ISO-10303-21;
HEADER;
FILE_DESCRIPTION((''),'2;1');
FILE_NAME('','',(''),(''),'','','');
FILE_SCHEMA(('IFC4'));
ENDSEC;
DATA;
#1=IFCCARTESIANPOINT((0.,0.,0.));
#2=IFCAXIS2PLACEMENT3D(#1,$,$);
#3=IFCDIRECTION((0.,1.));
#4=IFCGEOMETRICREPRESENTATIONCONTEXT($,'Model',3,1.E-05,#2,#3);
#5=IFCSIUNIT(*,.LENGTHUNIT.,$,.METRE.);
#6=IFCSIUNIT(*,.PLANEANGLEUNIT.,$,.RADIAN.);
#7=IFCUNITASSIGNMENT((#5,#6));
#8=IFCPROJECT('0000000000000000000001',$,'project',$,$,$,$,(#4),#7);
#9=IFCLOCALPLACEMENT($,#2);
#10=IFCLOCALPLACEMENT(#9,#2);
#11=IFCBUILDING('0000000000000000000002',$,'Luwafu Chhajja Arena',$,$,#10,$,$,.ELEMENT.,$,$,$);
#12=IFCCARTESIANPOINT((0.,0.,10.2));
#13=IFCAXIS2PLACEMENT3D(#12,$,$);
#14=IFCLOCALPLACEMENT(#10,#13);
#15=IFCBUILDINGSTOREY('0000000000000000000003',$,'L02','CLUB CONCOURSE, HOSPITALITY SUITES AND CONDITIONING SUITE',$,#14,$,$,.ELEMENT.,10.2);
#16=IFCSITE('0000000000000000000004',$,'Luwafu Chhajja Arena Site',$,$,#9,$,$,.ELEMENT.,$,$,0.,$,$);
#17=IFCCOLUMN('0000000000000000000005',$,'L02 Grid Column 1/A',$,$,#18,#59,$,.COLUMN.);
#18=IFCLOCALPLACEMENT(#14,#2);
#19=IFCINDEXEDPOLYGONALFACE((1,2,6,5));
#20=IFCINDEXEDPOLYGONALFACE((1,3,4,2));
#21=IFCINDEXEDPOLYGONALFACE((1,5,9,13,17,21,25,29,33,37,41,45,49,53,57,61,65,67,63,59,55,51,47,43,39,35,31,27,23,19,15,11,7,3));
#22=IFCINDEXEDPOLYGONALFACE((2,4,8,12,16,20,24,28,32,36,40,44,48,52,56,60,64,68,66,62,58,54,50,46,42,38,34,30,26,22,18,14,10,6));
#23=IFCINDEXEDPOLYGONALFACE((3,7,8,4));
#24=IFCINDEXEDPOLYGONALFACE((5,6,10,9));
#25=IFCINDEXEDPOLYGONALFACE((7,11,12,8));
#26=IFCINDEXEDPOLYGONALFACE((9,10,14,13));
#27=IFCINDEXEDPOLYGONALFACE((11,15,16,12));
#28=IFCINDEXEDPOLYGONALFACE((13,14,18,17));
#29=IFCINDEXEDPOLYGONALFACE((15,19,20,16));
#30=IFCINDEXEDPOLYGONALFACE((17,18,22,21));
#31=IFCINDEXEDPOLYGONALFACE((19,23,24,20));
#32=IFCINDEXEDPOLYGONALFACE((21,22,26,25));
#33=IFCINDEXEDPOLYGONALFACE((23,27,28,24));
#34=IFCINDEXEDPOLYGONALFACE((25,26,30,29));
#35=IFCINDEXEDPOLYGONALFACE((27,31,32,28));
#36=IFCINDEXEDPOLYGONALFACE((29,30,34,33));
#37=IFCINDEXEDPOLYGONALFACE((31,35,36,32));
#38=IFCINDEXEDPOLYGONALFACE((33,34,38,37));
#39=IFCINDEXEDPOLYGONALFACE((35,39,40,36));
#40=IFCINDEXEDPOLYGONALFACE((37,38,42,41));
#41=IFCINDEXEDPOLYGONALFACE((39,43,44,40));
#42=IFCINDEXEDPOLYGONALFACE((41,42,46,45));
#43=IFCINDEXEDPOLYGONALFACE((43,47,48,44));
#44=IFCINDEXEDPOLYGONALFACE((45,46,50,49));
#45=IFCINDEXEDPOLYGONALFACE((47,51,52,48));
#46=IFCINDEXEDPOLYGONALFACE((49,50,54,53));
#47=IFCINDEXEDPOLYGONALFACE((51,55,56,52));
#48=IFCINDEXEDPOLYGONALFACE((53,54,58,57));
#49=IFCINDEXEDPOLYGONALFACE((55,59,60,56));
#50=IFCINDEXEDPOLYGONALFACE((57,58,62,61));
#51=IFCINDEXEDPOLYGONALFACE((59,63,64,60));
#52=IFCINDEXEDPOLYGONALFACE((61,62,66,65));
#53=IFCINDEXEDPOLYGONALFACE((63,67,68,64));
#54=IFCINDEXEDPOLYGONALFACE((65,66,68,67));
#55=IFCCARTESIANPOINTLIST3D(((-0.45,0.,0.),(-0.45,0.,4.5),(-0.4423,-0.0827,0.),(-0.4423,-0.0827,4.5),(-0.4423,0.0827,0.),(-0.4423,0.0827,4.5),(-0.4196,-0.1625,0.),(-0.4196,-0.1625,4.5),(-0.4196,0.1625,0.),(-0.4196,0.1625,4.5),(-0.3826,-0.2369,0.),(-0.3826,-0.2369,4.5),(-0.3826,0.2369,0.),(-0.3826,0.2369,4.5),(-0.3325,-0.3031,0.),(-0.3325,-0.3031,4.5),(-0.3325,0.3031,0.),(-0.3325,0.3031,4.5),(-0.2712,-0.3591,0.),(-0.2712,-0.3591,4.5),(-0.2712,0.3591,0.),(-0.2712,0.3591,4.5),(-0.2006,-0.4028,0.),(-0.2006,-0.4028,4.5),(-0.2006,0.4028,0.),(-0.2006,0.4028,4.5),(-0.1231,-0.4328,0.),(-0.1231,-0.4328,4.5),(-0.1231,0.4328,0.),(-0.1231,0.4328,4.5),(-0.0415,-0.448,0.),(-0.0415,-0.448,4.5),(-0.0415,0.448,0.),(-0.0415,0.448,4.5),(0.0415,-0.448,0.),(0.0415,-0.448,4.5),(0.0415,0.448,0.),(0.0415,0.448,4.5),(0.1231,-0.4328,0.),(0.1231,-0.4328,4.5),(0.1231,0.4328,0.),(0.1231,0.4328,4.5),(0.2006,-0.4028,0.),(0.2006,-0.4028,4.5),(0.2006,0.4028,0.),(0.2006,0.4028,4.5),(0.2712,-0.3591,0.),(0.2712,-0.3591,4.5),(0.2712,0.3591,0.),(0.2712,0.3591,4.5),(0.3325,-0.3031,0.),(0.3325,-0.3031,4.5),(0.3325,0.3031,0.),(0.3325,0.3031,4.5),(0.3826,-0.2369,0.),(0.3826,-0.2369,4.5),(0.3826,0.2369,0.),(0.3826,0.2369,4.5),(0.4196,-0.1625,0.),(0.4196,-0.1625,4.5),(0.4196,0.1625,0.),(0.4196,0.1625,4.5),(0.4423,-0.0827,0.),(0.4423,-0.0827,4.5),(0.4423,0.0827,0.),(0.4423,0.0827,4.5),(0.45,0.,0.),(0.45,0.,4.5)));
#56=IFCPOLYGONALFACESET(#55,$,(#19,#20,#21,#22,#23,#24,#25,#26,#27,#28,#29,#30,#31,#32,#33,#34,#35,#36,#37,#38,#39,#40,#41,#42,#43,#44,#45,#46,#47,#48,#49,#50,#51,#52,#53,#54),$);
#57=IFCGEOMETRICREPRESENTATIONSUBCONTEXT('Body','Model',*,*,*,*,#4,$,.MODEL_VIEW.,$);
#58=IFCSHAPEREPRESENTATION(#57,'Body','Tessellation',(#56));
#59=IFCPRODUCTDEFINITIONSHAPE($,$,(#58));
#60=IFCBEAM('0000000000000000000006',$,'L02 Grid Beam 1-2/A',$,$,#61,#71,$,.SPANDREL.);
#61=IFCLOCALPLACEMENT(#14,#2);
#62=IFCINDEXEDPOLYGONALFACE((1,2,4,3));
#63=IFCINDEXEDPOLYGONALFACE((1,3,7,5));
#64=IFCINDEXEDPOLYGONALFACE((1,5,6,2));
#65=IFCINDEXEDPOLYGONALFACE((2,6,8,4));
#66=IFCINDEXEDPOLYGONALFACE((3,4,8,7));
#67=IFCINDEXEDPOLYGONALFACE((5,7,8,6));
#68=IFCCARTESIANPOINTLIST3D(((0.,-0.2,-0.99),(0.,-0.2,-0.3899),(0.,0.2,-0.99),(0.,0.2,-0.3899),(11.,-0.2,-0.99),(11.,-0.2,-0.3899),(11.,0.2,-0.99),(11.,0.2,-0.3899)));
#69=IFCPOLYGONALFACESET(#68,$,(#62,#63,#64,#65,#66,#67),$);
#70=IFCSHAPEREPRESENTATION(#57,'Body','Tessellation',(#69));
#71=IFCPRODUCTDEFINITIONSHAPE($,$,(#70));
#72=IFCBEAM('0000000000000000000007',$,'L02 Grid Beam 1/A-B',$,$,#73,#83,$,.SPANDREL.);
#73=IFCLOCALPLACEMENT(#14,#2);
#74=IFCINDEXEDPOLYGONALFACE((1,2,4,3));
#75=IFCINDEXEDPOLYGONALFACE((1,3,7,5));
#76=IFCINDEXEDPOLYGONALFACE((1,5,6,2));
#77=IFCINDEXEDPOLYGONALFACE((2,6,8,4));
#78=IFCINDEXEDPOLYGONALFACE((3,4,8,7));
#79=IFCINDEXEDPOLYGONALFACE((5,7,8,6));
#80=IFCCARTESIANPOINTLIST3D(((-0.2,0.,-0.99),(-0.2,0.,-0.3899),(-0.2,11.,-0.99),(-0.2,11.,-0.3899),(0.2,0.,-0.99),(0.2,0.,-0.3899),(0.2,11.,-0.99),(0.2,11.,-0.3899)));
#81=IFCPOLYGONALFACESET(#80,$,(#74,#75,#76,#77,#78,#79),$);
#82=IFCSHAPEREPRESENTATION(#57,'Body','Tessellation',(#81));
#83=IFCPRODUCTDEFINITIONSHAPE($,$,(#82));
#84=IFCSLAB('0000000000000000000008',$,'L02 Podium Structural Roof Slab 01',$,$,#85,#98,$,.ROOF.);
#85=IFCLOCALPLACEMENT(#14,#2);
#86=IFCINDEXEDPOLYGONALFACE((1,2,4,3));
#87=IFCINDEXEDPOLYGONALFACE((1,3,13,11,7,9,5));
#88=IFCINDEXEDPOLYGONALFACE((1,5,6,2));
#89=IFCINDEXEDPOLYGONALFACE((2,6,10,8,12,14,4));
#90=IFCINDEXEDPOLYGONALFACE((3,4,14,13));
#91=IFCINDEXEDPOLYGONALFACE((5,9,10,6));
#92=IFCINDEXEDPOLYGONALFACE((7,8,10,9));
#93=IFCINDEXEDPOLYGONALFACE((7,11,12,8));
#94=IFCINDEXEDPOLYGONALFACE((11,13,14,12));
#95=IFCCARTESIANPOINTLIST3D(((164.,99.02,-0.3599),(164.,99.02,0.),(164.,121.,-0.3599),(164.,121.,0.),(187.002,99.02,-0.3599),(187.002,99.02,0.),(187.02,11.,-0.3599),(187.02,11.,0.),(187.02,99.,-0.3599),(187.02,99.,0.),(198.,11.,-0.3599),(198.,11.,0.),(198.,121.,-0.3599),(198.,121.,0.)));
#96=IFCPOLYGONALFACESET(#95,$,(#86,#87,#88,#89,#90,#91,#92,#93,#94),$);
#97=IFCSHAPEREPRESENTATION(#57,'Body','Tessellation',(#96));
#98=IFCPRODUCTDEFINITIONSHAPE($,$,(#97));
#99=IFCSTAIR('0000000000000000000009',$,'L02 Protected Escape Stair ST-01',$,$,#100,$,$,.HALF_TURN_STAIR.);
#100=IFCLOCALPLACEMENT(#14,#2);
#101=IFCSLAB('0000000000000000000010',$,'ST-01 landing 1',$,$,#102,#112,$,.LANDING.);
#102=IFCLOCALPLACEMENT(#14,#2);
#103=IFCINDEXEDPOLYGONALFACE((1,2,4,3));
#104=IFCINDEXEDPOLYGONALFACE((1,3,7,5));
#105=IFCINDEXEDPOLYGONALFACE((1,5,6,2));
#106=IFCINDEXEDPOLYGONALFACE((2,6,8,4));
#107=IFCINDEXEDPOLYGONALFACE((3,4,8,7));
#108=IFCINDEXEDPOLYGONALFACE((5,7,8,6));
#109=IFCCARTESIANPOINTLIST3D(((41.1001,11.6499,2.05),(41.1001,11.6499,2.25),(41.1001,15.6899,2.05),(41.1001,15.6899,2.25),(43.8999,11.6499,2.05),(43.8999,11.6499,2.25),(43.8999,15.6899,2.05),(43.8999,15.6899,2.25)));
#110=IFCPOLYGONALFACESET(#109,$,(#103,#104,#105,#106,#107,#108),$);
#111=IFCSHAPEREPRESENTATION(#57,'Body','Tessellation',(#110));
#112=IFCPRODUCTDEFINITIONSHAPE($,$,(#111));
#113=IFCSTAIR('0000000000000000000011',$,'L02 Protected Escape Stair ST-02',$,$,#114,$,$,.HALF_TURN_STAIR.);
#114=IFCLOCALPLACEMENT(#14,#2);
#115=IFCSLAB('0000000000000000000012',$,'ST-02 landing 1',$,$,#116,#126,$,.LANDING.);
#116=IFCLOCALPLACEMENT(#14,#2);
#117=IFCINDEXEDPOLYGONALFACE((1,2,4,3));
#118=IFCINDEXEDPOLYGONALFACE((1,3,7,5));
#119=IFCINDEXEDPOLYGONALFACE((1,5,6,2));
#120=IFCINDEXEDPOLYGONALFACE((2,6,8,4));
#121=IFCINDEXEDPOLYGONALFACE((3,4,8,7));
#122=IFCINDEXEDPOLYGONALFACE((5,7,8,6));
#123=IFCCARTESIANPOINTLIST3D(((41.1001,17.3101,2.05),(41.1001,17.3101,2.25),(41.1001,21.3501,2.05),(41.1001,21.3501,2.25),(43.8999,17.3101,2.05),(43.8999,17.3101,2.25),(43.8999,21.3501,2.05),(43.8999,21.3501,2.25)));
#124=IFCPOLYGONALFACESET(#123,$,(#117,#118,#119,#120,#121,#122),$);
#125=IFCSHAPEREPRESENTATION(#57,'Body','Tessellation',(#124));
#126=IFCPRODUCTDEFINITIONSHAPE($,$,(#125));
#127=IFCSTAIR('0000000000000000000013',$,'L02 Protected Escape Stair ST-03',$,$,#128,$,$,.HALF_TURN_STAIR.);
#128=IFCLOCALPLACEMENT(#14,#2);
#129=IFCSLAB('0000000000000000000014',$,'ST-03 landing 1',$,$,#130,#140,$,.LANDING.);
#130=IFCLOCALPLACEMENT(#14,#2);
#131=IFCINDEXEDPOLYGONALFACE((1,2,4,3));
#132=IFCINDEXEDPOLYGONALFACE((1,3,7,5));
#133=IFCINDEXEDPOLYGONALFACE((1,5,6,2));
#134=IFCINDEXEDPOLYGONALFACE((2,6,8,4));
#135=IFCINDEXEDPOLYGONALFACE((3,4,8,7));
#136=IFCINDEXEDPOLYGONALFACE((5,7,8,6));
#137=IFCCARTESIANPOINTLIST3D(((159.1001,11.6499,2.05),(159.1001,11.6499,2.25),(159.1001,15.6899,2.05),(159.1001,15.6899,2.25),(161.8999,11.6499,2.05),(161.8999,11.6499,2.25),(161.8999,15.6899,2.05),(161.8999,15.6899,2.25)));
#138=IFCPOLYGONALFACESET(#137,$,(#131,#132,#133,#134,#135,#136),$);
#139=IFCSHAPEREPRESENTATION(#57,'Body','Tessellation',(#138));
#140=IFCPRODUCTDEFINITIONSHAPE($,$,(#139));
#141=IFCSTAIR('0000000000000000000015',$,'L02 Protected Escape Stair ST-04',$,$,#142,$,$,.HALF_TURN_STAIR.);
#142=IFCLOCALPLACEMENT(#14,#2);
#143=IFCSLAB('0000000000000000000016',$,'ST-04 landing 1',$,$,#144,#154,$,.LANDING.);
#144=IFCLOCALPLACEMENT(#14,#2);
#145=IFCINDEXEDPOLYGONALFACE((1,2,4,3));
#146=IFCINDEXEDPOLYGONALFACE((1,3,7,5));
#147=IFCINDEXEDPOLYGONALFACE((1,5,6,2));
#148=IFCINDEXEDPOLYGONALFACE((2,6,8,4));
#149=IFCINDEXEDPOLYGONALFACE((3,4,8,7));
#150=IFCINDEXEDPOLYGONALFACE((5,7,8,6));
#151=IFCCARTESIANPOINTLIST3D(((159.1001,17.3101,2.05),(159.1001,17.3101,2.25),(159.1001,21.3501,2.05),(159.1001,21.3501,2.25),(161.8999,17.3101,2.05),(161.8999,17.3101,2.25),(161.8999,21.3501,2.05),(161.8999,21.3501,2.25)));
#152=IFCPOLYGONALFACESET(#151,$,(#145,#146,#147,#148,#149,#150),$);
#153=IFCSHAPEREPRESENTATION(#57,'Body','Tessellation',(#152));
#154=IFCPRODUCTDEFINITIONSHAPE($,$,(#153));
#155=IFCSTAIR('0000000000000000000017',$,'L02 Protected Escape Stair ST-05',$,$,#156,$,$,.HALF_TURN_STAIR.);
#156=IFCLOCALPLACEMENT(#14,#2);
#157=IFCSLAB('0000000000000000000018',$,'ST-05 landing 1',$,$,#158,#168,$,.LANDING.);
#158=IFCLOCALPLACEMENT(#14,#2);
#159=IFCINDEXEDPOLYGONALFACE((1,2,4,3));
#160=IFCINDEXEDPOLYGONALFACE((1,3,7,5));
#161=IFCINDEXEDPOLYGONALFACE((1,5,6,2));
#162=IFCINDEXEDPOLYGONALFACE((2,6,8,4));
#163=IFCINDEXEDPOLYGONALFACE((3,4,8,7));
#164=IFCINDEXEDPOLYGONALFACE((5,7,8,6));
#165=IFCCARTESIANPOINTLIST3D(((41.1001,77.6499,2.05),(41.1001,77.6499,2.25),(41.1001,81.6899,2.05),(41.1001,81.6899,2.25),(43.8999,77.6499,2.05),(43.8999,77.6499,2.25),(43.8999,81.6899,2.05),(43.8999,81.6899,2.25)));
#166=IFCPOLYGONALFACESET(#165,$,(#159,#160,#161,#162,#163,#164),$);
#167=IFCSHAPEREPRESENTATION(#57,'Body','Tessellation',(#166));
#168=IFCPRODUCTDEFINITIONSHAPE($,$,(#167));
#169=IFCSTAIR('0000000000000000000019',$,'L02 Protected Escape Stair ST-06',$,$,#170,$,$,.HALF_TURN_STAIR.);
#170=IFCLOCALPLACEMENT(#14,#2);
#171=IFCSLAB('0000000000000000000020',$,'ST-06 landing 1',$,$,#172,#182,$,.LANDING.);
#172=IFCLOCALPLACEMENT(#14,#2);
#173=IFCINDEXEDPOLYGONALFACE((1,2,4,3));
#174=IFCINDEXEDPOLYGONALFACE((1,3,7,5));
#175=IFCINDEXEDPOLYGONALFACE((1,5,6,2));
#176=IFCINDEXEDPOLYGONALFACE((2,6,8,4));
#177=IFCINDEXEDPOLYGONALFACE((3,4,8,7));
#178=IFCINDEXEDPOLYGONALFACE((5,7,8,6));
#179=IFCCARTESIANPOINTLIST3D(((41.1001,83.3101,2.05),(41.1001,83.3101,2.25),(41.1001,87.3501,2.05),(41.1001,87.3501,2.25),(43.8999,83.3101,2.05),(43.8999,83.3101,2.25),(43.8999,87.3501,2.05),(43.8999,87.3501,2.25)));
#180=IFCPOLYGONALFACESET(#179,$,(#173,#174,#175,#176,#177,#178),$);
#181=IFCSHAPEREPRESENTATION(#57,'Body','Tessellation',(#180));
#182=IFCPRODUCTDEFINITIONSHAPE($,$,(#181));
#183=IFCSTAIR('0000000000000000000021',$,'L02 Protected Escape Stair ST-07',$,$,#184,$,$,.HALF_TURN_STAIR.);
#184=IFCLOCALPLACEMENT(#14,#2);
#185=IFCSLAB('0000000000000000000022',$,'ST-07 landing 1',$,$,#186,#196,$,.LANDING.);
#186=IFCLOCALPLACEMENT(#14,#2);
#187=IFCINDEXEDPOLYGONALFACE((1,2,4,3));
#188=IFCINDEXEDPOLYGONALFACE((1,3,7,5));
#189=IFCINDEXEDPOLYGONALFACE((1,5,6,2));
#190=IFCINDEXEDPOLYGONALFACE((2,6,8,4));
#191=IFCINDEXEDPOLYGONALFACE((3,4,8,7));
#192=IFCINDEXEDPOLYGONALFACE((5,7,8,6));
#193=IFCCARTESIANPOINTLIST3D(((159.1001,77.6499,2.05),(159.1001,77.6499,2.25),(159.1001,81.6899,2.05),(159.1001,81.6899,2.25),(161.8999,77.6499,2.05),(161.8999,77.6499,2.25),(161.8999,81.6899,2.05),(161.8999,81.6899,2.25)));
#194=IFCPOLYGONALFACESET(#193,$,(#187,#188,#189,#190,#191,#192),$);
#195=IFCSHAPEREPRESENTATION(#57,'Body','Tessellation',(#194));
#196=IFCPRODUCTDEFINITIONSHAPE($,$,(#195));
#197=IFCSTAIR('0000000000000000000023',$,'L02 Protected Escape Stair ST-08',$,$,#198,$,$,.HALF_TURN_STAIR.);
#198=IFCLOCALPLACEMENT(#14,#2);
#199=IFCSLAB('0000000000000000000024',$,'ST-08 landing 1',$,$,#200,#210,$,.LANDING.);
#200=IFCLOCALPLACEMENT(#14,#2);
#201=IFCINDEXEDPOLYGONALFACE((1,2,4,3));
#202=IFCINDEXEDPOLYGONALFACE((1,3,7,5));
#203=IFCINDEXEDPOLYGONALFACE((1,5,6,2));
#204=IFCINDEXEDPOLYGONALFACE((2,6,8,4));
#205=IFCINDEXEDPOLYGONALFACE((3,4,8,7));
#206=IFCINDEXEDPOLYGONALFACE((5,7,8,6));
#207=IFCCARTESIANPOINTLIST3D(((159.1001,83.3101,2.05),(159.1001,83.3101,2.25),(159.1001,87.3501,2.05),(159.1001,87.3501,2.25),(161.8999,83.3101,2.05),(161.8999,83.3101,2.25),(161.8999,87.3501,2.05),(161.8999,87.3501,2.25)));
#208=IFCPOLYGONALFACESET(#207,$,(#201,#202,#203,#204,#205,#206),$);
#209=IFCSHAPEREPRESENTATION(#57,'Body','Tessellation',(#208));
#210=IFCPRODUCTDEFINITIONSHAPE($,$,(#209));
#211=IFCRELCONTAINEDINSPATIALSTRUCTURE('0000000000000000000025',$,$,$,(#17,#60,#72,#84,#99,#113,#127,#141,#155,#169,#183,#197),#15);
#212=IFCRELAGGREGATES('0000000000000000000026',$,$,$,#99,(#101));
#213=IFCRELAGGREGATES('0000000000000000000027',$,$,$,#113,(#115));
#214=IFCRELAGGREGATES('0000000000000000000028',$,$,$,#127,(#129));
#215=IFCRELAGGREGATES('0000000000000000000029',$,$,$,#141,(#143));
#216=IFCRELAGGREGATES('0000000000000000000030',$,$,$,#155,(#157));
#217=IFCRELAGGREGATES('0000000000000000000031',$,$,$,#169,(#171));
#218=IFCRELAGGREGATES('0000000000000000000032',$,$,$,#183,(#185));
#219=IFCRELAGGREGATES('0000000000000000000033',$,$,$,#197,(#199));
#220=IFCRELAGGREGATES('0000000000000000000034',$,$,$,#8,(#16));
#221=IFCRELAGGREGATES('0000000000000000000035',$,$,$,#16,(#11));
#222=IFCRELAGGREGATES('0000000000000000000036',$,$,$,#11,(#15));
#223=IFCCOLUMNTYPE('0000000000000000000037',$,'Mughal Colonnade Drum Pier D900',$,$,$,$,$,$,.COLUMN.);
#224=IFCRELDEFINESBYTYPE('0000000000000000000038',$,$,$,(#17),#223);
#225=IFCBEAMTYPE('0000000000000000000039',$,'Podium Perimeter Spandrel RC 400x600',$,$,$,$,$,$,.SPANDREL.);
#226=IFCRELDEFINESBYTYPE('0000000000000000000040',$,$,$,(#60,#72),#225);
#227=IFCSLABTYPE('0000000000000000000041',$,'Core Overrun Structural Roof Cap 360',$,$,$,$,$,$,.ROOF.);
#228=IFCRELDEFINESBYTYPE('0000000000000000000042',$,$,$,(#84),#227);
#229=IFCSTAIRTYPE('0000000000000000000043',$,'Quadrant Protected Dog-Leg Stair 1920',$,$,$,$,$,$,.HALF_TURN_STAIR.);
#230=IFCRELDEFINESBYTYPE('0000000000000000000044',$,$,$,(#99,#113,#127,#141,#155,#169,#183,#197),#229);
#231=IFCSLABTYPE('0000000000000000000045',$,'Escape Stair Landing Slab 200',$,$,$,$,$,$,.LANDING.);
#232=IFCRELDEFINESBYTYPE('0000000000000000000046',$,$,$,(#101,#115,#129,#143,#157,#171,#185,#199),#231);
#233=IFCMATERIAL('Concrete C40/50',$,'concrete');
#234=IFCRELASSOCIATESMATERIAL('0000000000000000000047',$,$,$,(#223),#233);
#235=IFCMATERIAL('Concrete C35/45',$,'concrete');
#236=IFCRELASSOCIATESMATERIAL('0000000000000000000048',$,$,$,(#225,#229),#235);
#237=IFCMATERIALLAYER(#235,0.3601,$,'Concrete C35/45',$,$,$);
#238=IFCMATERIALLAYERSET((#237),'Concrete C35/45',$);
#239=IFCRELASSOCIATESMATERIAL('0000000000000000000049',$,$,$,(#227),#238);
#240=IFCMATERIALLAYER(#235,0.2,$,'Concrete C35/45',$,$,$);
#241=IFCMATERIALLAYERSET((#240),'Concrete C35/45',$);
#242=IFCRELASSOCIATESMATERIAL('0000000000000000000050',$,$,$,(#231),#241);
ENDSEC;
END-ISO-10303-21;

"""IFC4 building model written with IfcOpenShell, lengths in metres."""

from ifc_helpers import new_model, si_unit, direction, frame, origin, origin_with_axes, origin_2d, place, context, subcontext, project, spatial, polyline, rectangle, circle, outline, extrude, material, layer, layer_set, material_profile, profile_set, type_object, element, aggregate, save


model = new_model("IFC4")

# Units and contexts
model_context = context("Model", 3, precision=1e-05, world=origin(), true_north=direction((0.0, 1.0)))
body_context = subcontext(model_context, "Body", "Model", "MODEL_VIEW")
ifc_project = project(units=[si_unit("LENGTHUNIT", "METRE"), si_unit("PLANEANGLEUNIT", "RADIAN")], contexts=[model_context])

# Site, building, storey
site_placement = place(None, origin())
site = spatial("IfcSite", under=ifc_project, at=site_placement, Name="Luwafu Chhajja Arena Site", CompositionType="ELEMENT", RefElevation=0.0)
building_placement = place(site_placement, origin())
building = spatial("IfcBuilding", under=site, at=building_placement, Name="Luwafu Chhajja Arena", CompositionType="ELEMENT")
storey_placement = place(building_placement, frame((0.0, 0.0, 10.2)))
storey = spatial("IfcBuildingStorey", under=building, at=storey_placement, Name="L02", Description="CLUB CONCOURSE, HOSPITALITY SUITES AND CONDITIONING SUITE", CompositionType="ELEMENT", Elevation=10.2)

# Column
ifc_material_1 = material(Name="Concrete C40/50", Category="concrete")
ifc_material_profile_1 = material_profile(ifc_material_1, circle(Radius=0.45, at=origin_2d()), Name="RC COL D900")
ifc_profile_set_1 = profile_set([ifc_material_profile_1], Name="Concrete C40/50")
column_type = type_object("IfcColumnType", Name="Mughal Colonnade Drum Pier D900", PredefinedType="COLUMN", material=ifc_profile_set_1)
column_placement = place(storey_placement, origin_with_axes())
element("IfcColumn", 1, at=column_placement, inside=storey, type_object=column_type, Name="L02 Grid Column 1/A", PredefinedType="COLUMN", context=body_context, shape_type="SweptSolid", body=[
    extrude(circle(Radius=0.45, at=origin_2d()), origin(), (0.0, 0.0, 1.0), 4.5),
])

# Beams
ifc_material_2 = material(Name="Concrete C35/45", Category="concrete")
ifc_material_profile_2 = material_profile(ifc_material_2, rectangle(XDim=0.3999, YDim=0.6001, at=origin_2d()), Name="RC 400x600")
ifc_profile_set_2 = profile_set([ifc_material_profile_2], Name="Concrete C35/45")
beam_type = type_object("IfcBeamType", Name="Podium Perimeter Spandrel RC 400x600", PredefinedType="SPANDREL", material=ifc_profile_set_2)
for number, where, z_axis, x_axis, name in (
    (2, (0.0, 0.0, -0.6899), (1.0, 0.0, 0.0), (0.0, 1.0, 0.0), "L02 Grid Beam 1-2/A"),
    (3, (0.0, 0.0, -0.6899), (0.0, 1.0, 0.0), (-1.0, 0.0, 0.0), "L02 Grid Beam 1/A-B"),
):
    element("IfcBeam", number, at=place(storey_placement, frame(where, z_axis=z_axis, x_axis=x_axis)), inside=storey, type_object=beam_type, Name=name, PredefinedType="SPANDREL", context=body_context, shape_type="SweptSolid", body=[
        extrude(rectangle(XDim=0.3999, YDim=0.6001, at=origin_2d()), origin(), (0.0, 0.0, 1.0), 11.0),
    ])

# Slab
ifc_layer_1 = layer(ifc_material_2, 0.3601, Name="Concrete C35/45")
ifc_layer_set_1 = layer_set([ifc_layer_1], Name="Concrete C35/45")
slab_type_1 = type_object("IfcSlabType", Name="Core Overrun Structural Roof Cap 360", PredefinedType="ROOF", material=ifc_layer_set_1)
slab_1_placement = place(storey_placement, frame((0.0, 0.0, -0.3599)))
element("IfcSlab", 4, at=slab_1_placement, inside=storey, type_object=slab_type_1, Name="L02 Podium Structural Roof Slab 01", PredefinedType="ROOF", context=body_context, shape_type="SweptSolid", body=[
    extrude(outline(polyline([(187.002, 99.02), (164.0, 99.02), (164.0, 121.0), (198.0, 121.0), (198.0, 11.0), (187.02, 11.0), (187.02, 99.0), (187.002, 99.02)])), origin(), (0.0, 0.0, 1.0), 0.3599),
])

# Stairs, slabs
stair_type = type_object("IfcStairType", Name="Quadrant Protected Dog-Leg Stair 1920", PredefinedType="HALF_TURN_STAIR", material=ifc_material_2)
stair_1_placement = place(storey_placement, origin())
stair_1 = element("IfcStair", 5, at=stair_1_placement, inside=storey, type_object=stair_type, Name="L02 Protected Escape Stair ST-01", PredefinedType="HALF_TURN_STAIR")
ifc_layer_2 = layer(ifc_material_2, 0.2, Name="Concrete C35/45")
ifc_layer_set_2 = layer_set([ifc_layer_2], Name="Concrete C35/45")
slab_type_2 = type_object("IfcSlabType", Name="Escape Stair Landing Slab 200", PredefinedType="LANDING", material=ifc_layer_set_2)
slab_2_placement = place(storey_placement, frame((0.0, 0.0, 2.05)))
slab_2 = element("IfcSlab", 6, at=slab_2_placement, type_object=slab_type_2, Name="ST-01 landing 1", PredefinedType="LANDING", context=body_context, shape_type="SweptSolid", body=[
    extrude(outline(polyline([(41.1001, 11.6499), (43.8999, 11.6499), (43.8999, 15.6899), (41.1001, 15.6899), (41.1001, 11.6499)])), origin(), (0.0, 0.0, 1.0), 0.2),
])
aggregate(stair_1, [slab_2])
stair_2_placement = place(storey_placement, origin())
stair_2 = element("IfcStair", 7, at=stair_2_placement, inside=storey, type_object=stair_type, Name="L02 Protected Escape Stair ST-02", PredefinedType="HALF_TURN_STAIR")
slab_3_placement = place(storey_placement, frame((0.0, 0.0, 2.05)))
slab_3 = element("IfcSlab", 8, at=slab_3_placement, type_object=slab_type_2, Name="ST-02 landing 1", PredefinedType="LANDING", context=body_context, shape_type="SweptSolid", body=[
    extrude(outline(polyline([(41.1001, 17.3101), (43.8999, 17.3101), (43.8999, 21.3501), (41.1001, 21.3501), (41.1001, 17.3101)])), origin(), (0.0, 0.0, 1.0), 0.2),
])
aggregate(stair_2, [slab_3])
stair_3_placement = place(storey_placement, origin())
stair_3 = element("IfcStair", 9, at=stair_3_placement, inside=storey, type_object=stair_type, Name="L02 Protected Escape Stair ST-03", PredefinedType="HALF_TURN_STAIR")
slab_4_placement = place(storey_placement, frame((0.0, 0.0, 2.05)))
slab_4 = element("IfcSlab", 10, at=slab_4_placement, type_object=slab_type_2, Name="ST-03 landing 1", PredefinedType="LANDING", context=body_context, shape_type="SweptSolid", body=[
    extrude(outline(polyline([(159.1001, 11.6499), (161.8999, 11.6499), (161.8999, 15.6899), (159.1001, 15.6899), (159.1001, 11.6499)])), origin(), (0.0, 0.0, 1.0), 0.2),
])
aggregate(stair_3, [slab_4])
stair_4_placement = place(storey_placement, origin())
stair_4 = element("IfcStair", 11, at=stair_4_placement, inside=storey, type_object=stair_type, Name="L02 Protected Escape Stair ST-04", PredefinedType="HALF_TURN_STAIR")
slab_5_placement = place(storey_placement, frame((0.0, 0.0, 2.05)))
slab_5 = element("IfcSlab", 12, at=slab_5_placement, type_object=slab_type_2, Name="ST-04 landing 1", PredefinedType="LANDING", context=body_context, shape_type="SweptSolid", body=[
    extrude(outline(polyline([(159.1001, 17.3101), (161.8999, 17.3101), (161.8999, 21.3501), (159.1001, 21.3501), (159.1001, 17.3101)])), origin(), (0.0, 0.0, 1.0), 0.2),
])
aggregate(stair_4, [slab_5])
stair_5_placement = place(storey_placement, origin())
stair_5 = element("IfcStair", 13, at=stair_5_placement, inside=storey, type_object=stair_type, Name="L02 Protected Escape Stair ST-05", PredefinedType="HALF_TURN_STAIR")
slab_6_placement = place(storey_placement, frame((0.0, 0.0, 2.05)))
slab_6 = element("IfcSlab", 14, at=slab_6_placement, type_object=slab_type_2, Name="ST-05 landing 1", PredefinedType="LANDING", context=body_context, shape_type="SweptSolid", body=[
    extrude(outline(polyline([(41.1001, 77.6499), (43.8999, 77.6499), (43.8999, 81.6899), (41.1001, 81.6899), (41.1001, 77.6499)])), origin(), (0.0, 0.0, 1.0), 0.2),
])
aggregate(stair_5, [slab_6])
stair_6_placement = place(storey_placement, origin())
stair_6 = element("IfcStair", 15, at=stair_6_placement, inside=storey, type_object=stair_type, Name="L02 Protected Escape Stair ST-06", PredefinedType="HALF_TURN_STAIR")
slab_7_placement = place(storey_placement, frame((0.0, 0.0, 2.05)))
slab_7 = element("IfcSlab", 16, at=slab_7_placement, type_object=slab_type_2, Name="ST-06 landing 1", PredefinedType="LANDING", context=body_context, shape_type="SweptSolid", body=[
    extrude(outline(polyline([(41.1001, 83.3101), (43.8999, 83.3101), (43.8999, 87.3501), (41.1001, 87.3501), (41.1001, 83.3101)])), origin(), (0.0, 0.0, 1.0), 0.2),
])
aggregate(stair_6, [slab_7])
stair_7_placement = place(storey_placement, origin())
stair_7 = element("IfcStair", 17, at=stair_7_placement, inside=storey, type_object=stair_type, Name="L02 Protected Escape Stair ST-07", PredefinedType="HALF_TURN_STAIR")
slab_8_placement = place(storey_placement, frame((0.0, 0.0, 2.05)))
slab_8 = element("IfcSlab", 18, at=slab_8_placement, type_object=slab_type_2, Name="ST-07 landing 1", PredefinedType="LANDING", context=body_context, shape_type="SweptSolid", body=[
    extrude(outline(polyline([(159.1001, 77.6499), (161.8999, 77.6499), (161.8999, 81.6899), (159.1001, 81.6899), (159.1001, 77.6499)])), origin(), (0.0, 0.0, 1.0), 0.2),
])
aggregate(stair_7, [slab_8])
stair_8_placement = place(storey_placement, origin())
stair_8 = element("IfcStair", 19, at=stair_8_placement, inside=storey, type_object=stair_type, Name="L02 Protected Escape Stair ST-08", PredefinedType="HALF_TURN_STAIR")
slab_9_placement = place(storey_placement, frame((0.0, 0.0, 2.05)))
slab_9 = element("IfcSlab", 20, at=slab_9_placement, type_object=slab_type_2, Name="ST-08 landing 1", PredefinedType="LANDING", context=body_context, shape_type="SweptSolid", body=[
    extrude(outline(polyline([(159.1001, 83.3101), (161.8999, 83.3101), (161.8999, 87.3501), (159.1001, 87.3501), (159.1001, 83.3101)])), origin(), (0.0, 0.0, 1.0), 0.2),
])
aggregate(stair_8, [slab_9])

save(model, "model.ifc")
